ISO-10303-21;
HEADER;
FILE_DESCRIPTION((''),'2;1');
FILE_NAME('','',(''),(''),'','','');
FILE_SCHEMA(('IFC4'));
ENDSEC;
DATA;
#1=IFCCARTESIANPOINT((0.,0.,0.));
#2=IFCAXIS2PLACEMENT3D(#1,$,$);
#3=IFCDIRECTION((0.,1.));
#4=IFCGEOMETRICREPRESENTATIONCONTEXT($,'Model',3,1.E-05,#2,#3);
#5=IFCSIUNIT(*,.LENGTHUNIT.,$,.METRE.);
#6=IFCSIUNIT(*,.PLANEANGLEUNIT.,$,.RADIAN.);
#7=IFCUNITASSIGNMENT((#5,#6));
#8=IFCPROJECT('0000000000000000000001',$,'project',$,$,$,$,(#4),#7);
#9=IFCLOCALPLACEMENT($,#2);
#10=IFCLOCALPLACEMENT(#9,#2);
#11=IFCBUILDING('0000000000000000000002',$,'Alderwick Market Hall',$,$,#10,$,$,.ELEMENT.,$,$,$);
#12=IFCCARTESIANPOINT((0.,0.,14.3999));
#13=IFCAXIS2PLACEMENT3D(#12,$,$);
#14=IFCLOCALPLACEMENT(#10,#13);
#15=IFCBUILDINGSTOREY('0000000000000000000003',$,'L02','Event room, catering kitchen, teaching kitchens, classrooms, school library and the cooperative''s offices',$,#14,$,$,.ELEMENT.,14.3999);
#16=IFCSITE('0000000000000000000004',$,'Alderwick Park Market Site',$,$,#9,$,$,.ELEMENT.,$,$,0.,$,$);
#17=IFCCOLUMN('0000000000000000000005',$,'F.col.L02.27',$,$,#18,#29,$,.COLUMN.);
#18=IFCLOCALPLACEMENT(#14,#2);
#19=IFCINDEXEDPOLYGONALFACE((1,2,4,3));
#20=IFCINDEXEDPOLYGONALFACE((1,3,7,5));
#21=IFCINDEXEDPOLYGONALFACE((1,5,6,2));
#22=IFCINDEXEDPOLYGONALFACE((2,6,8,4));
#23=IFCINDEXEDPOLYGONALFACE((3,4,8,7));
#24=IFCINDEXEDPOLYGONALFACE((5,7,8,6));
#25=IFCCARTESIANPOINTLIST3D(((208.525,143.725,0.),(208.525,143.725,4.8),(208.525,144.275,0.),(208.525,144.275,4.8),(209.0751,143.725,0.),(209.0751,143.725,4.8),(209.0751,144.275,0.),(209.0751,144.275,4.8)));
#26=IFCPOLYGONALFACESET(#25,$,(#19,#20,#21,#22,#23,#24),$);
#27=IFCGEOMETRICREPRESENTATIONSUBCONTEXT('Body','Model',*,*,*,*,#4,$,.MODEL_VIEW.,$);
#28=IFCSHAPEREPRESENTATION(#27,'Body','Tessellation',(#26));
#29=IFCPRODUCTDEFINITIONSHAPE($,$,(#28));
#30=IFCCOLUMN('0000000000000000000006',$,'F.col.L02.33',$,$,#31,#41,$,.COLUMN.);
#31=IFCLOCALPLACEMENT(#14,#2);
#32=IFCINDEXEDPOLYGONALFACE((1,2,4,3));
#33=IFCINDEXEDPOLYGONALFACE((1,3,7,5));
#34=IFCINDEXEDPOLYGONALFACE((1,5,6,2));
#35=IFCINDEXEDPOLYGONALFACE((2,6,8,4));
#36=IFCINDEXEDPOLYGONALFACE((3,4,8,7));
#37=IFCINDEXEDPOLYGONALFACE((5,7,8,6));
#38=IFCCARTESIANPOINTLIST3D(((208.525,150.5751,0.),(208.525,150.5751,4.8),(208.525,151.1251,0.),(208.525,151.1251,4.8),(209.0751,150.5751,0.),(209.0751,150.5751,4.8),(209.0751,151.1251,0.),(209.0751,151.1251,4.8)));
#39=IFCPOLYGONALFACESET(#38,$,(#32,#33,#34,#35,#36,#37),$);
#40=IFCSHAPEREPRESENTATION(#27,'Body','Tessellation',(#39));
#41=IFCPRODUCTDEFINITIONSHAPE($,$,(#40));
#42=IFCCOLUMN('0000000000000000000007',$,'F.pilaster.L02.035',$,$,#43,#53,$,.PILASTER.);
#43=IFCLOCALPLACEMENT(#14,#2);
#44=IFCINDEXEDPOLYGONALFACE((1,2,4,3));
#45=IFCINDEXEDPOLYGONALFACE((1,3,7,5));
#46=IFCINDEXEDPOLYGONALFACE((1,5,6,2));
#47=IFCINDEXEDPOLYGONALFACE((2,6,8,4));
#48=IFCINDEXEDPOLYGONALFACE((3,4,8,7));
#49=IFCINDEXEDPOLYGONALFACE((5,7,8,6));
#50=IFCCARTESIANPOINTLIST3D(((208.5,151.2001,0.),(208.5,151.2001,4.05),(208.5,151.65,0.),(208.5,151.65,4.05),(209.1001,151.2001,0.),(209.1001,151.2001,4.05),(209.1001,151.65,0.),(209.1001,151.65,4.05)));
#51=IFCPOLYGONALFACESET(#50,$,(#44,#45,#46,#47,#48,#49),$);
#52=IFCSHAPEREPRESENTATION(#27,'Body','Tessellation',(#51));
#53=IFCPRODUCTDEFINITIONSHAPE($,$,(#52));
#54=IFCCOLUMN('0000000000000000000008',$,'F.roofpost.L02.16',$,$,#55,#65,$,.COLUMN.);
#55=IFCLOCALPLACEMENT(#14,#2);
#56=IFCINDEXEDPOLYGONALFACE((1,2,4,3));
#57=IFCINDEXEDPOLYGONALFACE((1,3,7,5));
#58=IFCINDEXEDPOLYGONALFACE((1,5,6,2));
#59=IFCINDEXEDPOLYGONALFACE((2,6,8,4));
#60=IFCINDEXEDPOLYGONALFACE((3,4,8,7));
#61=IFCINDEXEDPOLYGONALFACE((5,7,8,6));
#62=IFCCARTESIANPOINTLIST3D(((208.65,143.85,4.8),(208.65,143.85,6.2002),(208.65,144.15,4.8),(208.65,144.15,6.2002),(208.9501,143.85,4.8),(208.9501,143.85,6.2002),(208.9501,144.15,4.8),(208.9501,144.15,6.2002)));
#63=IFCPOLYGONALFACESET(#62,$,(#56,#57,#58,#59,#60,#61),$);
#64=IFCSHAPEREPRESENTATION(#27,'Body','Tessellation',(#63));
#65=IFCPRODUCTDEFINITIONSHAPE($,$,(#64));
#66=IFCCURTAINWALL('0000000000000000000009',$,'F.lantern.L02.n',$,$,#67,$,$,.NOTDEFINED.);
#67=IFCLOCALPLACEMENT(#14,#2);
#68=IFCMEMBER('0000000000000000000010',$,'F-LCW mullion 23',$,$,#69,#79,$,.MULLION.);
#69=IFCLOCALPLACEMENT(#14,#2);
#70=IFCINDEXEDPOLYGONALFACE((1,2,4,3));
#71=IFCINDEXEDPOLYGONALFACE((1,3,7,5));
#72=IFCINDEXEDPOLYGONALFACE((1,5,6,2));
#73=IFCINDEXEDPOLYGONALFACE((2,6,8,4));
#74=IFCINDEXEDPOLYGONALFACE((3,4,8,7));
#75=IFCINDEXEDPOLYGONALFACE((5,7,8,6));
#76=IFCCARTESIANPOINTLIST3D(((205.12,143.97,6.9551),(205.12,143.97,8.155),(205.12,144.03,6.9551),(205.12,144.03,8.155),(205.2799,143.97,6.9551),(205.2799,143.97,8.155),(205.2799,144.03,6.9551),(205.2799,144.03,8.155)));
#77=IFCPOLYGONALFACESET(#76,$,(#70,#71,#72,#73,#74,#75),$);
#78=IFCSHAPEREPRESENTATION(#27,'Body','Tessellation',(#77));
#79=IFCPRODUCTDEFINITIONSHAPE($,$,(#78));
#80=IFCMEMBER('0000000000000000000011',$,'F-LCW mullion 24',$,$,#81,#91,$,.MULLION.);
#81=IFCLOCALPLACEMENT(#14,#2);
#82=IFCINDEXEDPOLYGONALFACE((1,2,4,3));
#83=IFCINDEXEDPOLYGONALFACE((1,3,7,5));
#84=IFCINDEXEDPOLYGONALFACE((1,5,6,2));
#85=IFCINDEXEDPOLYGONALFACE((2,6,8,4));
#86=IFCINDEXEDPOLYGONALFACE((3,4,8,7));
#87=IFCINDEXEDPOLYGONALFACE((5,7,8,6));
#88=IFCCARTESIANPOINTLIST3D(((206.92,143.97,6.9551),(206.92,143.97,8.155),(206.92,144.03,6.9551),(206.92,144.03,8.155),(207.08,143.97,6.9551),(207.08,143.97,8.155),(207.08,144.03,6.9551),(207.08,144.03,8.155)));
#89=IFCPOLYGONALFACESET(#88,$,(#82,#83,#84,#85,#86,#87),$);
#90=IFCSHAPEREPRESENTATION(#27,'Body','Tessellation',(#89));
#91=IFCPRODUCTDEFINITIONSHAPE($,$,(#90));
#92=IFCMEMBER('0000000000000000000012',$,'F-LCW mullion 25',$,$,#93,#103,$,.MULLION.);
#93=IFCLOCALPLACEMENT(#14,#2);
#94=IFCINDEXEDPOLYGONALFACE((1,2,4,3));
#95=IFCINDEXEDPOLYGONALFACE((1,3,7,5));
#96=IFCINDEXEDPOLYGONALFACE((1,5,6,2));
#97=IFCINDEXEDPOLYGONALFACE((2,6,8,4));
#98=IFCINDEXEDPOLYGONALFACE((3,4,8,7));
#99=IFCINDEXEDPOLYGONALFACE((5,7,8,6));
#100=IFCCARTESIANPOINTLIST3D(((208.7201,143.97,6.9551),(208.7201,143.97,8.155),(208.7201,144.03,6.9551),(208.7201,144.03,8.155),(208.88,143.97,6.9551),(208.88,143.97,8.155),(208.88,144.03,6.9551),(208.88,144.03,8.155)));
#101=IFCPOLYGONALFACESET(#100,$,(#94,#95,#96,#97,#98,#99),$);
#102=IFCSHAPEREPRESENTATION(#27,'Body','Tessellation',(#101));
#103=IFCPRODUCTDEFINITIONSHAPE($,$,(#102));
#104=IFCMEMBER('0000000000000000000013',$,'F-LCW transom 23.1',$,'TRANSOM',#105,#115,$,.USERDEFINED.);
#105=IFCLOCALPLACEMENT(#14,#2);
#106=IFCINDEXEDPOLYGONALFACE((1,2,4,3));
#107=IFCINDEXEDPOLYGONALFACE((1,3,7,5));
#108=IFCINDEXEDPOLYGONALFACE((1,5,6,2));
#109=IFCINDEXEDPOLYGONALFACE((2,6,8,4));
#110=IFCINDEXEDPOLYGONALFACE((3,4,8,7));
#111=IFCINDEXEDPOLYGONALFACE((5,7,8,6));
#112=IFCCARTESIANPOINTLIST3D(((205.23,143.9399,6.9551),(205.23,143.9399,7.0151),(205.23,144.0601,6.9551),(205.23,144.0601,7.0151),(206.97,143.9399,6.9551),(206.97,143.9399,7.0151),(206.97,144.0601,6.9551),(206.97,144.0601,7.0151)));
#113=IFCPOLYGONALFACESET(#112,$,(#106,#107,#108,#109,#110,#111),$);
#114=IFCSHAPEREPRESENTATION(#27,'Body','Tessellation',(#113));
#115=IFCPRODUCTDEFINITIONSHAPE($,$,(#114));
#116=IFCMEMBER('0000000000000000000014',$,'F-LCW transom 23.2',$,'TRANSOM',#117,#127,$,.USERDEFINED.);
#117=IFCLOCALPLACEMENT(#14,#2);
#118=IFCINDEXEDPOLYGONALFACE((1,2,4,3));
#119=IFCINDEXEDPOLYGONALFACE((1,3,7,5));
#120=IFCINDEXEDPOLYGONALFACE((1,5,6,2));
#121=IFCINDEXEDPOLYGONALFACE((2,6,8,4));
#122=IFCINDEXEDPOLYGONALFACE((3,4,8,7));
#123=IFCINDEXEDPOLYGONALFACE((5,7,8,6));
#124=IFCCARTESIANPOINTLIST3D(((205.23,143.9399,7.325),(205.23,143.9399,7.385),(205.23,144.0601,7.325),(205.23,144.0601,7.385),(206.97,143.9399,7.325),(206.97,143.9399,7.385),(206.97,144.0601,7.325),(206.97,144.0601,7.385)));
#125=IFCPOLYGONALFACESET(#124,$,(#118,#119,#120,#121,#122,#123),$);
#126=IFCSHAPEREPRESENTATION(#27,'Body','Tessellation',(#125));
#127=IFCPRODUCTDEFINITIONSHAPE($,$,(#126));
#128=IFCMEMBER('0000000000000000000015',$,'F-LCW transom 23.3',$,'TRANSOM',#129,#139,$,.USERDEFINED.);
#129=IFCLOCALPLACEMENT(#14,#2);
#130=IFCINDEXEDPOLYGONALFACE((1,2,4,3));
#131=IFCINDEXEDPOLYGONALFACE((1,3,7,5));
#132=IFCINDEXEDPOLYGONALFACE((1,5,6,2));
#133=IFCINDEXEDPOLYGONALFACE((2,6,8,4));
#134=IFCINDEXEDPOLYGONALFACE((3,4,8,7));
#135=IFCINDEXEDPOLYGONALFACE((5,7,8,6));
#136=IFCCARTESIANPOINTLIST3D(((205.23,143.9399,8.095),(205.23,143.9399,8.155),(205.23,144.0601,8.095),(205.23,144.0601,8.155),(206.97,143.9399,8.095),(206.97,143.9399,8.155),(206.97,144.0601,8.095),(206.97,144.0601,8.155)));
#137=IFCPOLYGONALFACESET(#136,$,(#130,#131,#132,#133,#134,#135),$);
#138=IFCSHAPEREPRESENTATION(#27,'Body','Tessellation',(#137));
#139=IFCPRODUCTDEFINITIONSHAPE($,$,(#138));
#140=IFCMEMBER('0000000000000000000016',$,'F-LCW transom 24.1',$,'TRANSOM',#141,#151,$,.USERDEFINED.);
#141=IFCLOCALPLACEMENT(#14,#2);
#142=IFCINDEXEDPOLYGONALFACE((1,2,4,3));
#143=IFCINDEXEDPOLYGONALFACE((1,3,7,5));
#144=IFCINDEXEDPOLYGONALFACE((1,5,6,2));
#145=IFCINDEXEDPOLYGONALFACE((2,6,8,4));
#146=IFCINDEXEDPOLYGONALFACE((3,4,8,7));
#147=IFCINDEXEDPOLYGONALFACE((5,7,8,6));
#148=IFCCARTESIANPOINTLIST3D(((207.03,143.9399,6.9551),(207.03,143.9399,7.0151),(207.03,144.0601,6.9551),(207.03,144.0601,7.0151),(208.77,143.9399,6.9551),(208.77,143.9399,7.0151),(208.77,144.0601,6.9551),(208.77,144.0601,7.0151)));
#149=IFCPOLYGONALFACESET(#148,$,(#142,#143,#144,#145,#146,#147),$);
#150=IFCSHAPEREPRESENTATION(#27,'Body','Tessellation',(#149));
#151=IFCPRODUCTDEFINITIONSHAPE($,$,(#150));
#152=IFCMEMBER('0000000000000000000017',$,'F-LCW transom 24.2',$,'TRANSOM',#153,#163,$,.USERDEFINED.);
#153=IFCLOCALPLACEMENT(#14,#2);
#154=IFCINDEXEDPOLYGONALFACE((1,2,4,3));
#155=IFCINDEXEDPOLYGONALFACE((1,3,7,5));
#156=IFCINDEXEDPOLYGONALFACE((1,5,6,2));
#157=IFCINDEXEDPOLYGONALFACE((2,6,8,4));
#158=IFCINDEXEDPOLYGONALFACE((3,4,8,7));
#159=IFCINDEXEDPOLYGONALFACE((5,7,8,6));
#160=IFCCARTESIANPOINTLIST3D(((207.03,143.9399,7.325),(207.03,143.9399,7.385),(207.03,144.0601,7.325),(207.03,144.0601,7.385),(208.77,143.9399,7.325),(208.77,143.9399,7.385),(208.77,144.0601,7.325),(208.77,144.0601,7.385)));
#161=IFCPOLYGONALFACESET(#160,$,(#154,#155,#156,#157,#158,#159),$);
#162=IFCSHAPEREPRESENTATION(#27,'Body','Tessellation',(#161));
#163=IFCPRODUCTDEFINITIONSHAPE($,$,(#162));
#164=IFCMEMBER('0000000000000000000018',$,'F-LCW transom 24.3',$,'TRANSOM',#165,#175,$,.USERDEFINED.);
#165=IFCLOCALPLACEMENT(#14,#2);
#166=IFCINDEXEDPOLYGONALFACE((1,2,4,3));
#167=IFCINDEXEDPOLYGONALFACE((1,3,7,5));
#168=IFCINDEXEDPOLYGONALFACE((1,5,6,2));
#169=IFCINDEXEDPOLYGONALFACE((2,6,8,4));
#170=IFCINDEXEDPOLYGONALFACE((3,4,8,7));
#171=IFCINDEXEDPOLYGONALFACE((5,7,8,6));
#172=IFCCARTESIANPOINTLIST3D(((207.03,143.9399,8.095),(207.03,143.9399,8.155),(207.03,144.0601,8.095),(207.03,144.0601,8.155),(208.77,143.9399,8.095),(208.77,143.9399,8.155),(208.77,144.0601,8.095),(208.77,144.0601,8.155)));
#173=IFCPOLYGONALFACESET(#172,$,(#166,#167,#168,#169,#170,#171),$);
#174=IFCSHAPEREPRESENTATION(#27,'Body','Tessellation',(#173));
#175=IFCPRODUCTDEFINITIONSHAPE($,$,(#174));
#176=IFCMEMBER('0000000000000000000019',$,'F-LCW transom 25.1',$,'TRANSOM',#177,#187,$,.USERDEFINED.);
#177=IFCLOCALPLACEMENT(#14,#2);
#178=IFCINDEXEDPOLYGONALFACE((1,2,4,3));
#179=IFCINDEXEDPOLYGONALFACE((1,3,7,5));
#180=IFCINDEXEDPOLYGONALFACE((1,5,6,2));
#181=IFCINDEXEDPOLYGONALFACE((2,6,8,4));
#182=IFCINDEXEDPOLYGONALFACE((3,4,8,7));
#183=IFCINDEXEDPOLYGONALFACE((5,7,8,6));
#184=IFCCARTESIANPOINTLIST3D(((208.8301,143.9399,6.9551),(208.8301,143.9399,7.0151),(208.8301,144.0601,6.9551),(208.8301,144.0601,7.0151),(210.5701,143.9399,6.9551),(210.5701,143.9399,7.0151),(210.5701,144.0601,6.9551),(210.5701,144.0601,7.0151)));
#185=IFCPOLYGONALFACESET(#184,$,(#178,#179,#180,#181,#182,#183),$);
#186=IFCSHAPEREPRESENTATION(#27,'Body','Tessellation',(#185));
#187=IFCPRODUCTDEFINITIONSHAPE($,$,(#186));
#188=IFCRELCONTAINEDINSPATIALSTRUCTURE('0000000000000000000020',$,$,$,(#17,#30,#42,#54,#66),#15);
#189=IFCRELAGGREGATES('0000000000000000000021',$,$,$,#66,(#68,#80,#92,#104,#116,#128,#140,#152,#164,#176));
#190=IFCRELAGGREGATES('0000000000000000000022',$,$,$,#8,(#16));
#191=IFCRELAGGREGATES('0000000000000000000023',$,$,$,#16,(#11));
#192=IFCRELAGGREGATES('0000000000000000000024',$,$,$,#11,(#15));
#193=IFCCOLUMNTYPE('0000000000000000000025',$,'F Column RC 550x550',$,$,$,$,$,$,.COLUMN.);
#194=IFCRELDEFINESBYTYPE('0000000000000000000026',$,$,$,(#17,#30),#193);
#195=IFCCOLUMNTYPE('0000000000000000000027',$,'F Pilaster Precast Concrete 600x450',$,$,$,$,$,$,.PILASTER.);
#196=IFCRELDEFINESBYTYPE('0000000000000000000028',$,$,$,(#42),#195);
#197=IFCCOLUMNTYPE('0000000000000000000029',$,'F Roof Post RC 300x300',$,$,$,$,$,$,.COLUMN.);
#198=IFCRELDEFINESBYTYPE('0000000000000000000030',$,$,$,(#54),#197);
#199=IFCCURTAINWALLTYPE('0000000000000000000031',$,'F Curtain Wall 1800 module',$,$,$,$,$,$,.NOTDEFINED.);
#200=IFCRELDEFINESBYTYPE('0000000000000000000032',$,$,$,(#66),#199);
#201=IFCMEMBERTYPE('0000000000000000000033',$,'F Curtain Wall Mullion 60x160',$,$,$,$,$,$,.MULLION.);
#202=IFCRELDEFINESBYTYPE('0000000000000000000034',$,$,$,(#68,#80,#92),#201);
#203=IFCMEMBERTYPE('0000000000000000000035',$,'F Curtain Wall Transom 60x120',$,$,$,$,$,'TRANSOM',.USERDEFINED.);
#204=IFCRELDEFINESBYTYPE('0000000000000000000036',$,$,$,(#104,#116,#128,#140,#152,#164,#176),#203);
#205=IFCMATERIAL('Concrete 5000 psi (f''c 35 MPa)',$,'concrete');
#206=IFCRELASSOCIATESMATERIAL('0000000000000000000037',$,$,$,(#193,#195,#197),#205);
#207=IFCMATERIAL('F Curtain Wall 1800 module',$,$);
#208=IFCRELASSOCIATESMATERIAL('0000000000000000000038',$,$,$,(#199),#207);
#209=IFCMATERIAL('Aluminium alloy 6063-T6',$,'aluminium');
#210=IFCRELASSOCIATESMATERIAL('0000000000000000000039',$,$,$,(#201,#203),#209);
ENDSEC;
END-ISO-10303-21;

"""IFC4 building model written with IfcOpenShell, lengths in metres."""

from ifc_helpers import new_model, si_unit, direction, frame, origin, origin_2d, place, context, subcontext, project, spatial, rectangle, extrude, material, material_profile, profile_set, type_object, element, aggregate, save


model = new_model("IFC4")

# Units and contexts
model_context = context("Model", 3, precision=1e-05, world=origin(), true_north=direction((0.0, 1.0)))
body_context = subcontext(model_context, "Body", "Model", "MODEL_VIEW")
ifc_project = project(units=[si_unit("LENGTHUNIT", "METRE"), si_unit("PLANEANGLEUNIT", "RADIAN")], contexts=[model_context])

# Site, building, storey
site_placement = place(None, origin())
site = spatial("IfcSite", under=ifc_project, at=site_placement, Name="Alderwick Park Market Site", CompositionType="ELEMENT", RefElevation=0.0)
building_placement = place(site_placement, origin())
building = spatial("IfcBuilding", under=site, at=building_placement, Name="Alderwick Market Hall", CompositionType="ELEMENT")
storey_placement = place(building_placement, frame((0.0, 0.0, 14.3999)))
storey = spatial("IfcBuildingStorey", under=building, at=storey_placement, Name="L02", Description="Event room, catering kitchen, teaching kitchens, classrooms, school library and the cooperative's offices", CompositionType="ELEMENT", Elevation=14.3999)

# Columns
ifc_material_1 = material(Name="Concrete 5000 psi (f'c 35 MPa)", Category="concrete")
ifc_material_profile_1 = material_profile(ifc_material_1, rectangle(XDim=0.55, YDim=0.55, at=origin_2d()), Name="RC 550x550")
ifc_profile_set_1 = profile_set([ifc_material_profile_1], Name="Concrete 5000 psi (f'c 35 MPa)")
column_type_1 = type_object("IfcColumnType", Name="F Column RC 550x550", PredefinedType="COLUMN", material=ifc_profile_set_1)
for number, where, z_axis, x_axis, name in (
    (1, (208.8, 144.0, 0.0), (0.0, 0.0, 1.0), (1.0, 0.0, 0.0), "F.col.L02.27"),
    (2, (208.8, 150.8501, 0.0), (0.0, 0.0, 1.0), (1.0, 0.0, 0.0), "F.col.L02.33"),
):
    element("IfcColumn", number, at=place(storey_placement, frame(where, z_axis=z_axis, x_axis=x_axis)), inside=storey, type_object=column_type_1, Name=name, PredefinedType="COLUMN", context=body_context, shape_type="SweptSolid", body=[
        extrude(rectangle(XDim=0.55, YDim=0.55, at=origin_2d()), origin(), (0.0, 0.0, 1.0), 4.8),
    ])
ifc_material_profile_2 = material_profile(ifc_material_1, rectangle(XDim=0.6001, YDim=0.45, at=origin_2d()), Name="PC 600x450")
ifc_profile_set_2 = profile_set([ifc_material_profile_2], Name="Concrete 5000 psi (f'c 35 MPa)")
column_type_2 = type_object("IfcColumnType", Name="F Pilaster Precast Concrete 600x450", PredefinedType="PILASTER", material=ifc_profile_set_2)
column_1_placement = place(storey_placement, frame((208.8, 151.425, 0.0), z_axis=(0.0, 0.0, 1.0), x_axis=(1.0, 0.0, 0.0)))
element("IfcColumn", 3, at=column_1_placement, inside=storey, type_object=column_type_2, Name="F.pilaster.L02.035", PredefinedType="PILASTER", context=body_context, shape_type="SweptSolid", body=[
    extrude(rectangle(XDim=0.6001, YDim=0.45, at=origin_2d()), origin(), (0.0, 0.0, 1.0), 4.05),
])
ifc_material_profile_3 = material_profile(ifc_material_1, rectangle(XDim=0.3, YDim=0.3, at=origin_2d()), Name="RC 300x300")
ifc_profile_set_3 = profile_set([ifc_material_profile_3], Name="Concrete 5000 psi (f'c 35 MPa)")
column_type_3 = type_object("IfcColumnType", Name="F Roof Post RC 300x300", PredefinedType="COLUMN", material=ifc_profile_set_3)
column_2_placement = place(storey_placement, frame((208.8, 144.0, 4.8), z_axis=(0.0, 0.0, 1.0), x_axis=(1.0, 0.0, 0.0)))
element("IfcColumn", 4, at=column_2_placement, inside=storey, type_object=column_type_3, Name="F.roofpost.L02.16", PredefinedType="COLUMN", context=body_context, shape_type="SweptSolid", body=[
    extrude(rectangle(XDim=0.3, YDim=0.3, at=origin_2d()), origin(), (0.0, 0.0, 1.0), 1.4001),
])

# Curtain wall, members
ifc_material_2 = material(Name="F Curtain Wall 1800 module")
curtain_wall_type = type_object("IfcCurtainWallType", Name="F Curtain Wall 1800 module", PredefinedType="NOTDEFINED", material=ifc_material_2)
curtain_wall_placement = place(storey_placement, origin())
curtain_wall = element("IfcCurtainWall", 5, at=curtain_wall_placement, inside=storey, type_object=curtain_wall_type, Name="F.lantern.L02.n", PredefinedType="NOTDEFINED")
ifc_material_3 = material(Name="Aluminium alloy 6063-T6", Category="aluminium")
ifc_material_profile_4 = material_profile(ifc_material_3, rectangle(XDim=0.0601, YDim=0.1599, at=origin_2d()), Name="AL 60x160")
ifc_profile_set_4 = profile_set([ifc_material_profile_4], Name="Aluminium alloy 6063-T6")
member_type_1 = type_object("IfcMemberType", Name="F Curtain Wall Mullion 60x160", PredefinedType="MULLION", material=ifc_profile_set_4)
member_1_placement = place(storey_placement, frame((205.2, 144.0, 6.9551), z_axis=(0.0, 0.0, 1.0), x_axis=(0.0, 1.0, 0.0)))
member_1 = element("IfcMember", 6, at=member_1_placement, type_object=member_type_1, Name="F-LCW mullion 23", PredefinedType="MULLION", context=body_context, shape_type="SweptSolid", body=[
    extrude(rectangle(XDim=0.0601, YDim=0.1599, at=origin_2d()), origin(), (0.0, 0.0, 1.0), 1.2),
])
member_2_placement = place(storey_placement, frame((207.0, 144.0, 6.9551), z_axis=(0.0, 0.0, 1.0), x_axis=(0.0, 1.0, 0.0)))
member_2 = element("IfcMember", 7, at=member_2_placement, type_object=member_type_1, Name="F-LCW mullion 24", PredefinedType="MULLION", context=body_context, shape_type="SweptSolid", body=[
    extrude(rectangle(XDim=0.0601, YDim=0.1599, at=origin_2d()), origin(), (0.0, 0.0, 1.0), 1.2),
])
member_3_placement = place(storey_placement, frame((208.8, 144.0, 6.9551), z_axis=(0.0, 0.0, 1.0), x_axis=(0.0, 1.0, 0.0)))
member_3 = element("IfcMember", 8, at=member_3_placement, type_object=member_type_1, Name="F-LCW mullion 25", PredefinedType="MULLION", context=body_context, shape_type="SweptSolid", body=[
    extrude(rectangle(XDim=0.0601, YDim=0.1599, at=origin_2d()), origin(), (0.0, 0.0, 1.0), 1.2),
])
ifc_material_profile_5 = material_profile(ifc_material_3, rectangle(XDim=0.1201, YDim=0.0601, at=origin_2d()), Name="AL 60x120")
ifc_profile_set_5 = profile_set([ifc_material_profile_5], Name="Aluminium alloy 6063-T6")
member_type_2 = type_object("IfcMemberType", Name="F Curtain Wall Transom 60x120", ElementType="TRANSOM", PredefinedType="USERDEFINED", material=ifc_profile_set_5)
member_4_placement = place(storey_placement, frame((205.23, 144.0, 6.9851), z_axis=(1.0, 0.0, 0.0), x_axis=(0.0, 1.0, 0.0)))
member_4 = element("IfcMember", 9, at=member_4_placement, type_object=member_type_2, Name="F-LCW transom 23.1", ObjectType="TRANSOM", PredefinedType="USERDEFINED", context=body_context, shape_type="SweptSolid", body=[
    extrude(rectangle(XDim=0.1201, YDim=0.0601, at=origin_2d()), origin(), (0.0, 0.0, 1.0), 1.74),
])
member_5_placement = place(storey_placement, frame((205.23, 144.0, 7.355), z_axis=(1.0, 0.0, 0.0), x_axis=(0.0, 1.0, 0.0)))
member_5 = element("IfcMember", 10, at=member_5_placement, type_object=member_type_2, Name="F-LCW transom 23.2", ObjectType="TRANSOM", PredefinedType="USERDEFINED", context=body_context, shape_type="SweptSolid", body=[
    extrude(rectangle(XDim=0.1201, YDim=0.0601, at=origin_2d()), origin(), (0.0, 0.0, 1.0), 1.74),
])
member_6_placement = place(storey_placement, frame((205.23, 144.0, 8.125), z_axis=(1.0, 0.0, 0.0), x_axis=(0.0, 1.0, 0.0)))
member_6 = element("IfcMember", 11, at=member_6_placement, type_object=member_type_2, Name="F-LCW transom 23.3", ObjectType="TRANSOM", PredefinedType="USERDEFINED", context=body_context, shape_type="SweptSolid", body=[
    extrude(rectangle(XDim=0.1201, YDim=0.0601, at=origin_2d()), origin(), (0.0, 0.0, 1.0), 1.74),
])
member_7_placement = place(storey_placement, frame((207.03, 144.0, 6.9851), z_axis=(1.0, 0.0, 0.0), x_axis=(0.0, 1.0, 0.0)))
member_7 = element("IfcMember", 12, at=member_7_placement, type_object=member_type_2, Name="F-LCW transom 24.1", ObjectType="TRANSOM", PredefinedType="USERDEFINED", context=body_context, shape_type="SweptSolid", body=[
    extrude(rectangle(XDim=0.1201, YDim=0.0601, at=origin_2d()), origin(), (0.0, 0.0, 1.0), 1.74),
])
member_8_placement = place(storey_placement, frame((207.03, 144.0, 7.355), z_axis=(1.0, 0.0, 0.0), x_axis=(0.0, 1.0, 0.0)))
member_8 = element("IfcMember", 13, at=member_8_placement, type_object=member_type_2, Name="F-LCW transom 24.2", ObjectType="TRANSOM", PredefinedType="USERDEFINED", context=body_context, shape_type="SweptSolid", body=[
    extrude(rectangle(XDim=0.1201, YDim=0.0601, at=origin_2d()), origin(), (0.0, 0.0, 1.0), 1.74),
])
member_9_placement = place(storey_placement, frame((207.03, 144.0, 8.125), z_axis=(1.0, 0.0, 0.0), x_axis=(0.0, 1.0, 0.0)))
member_9 = element("IfcMember", 14, at=member_9_placement, type_object=member_type_2, Name="F-LCW transom 24.3", ObjectType="TRANSOM", PredefinedType="USERDEFINED", context=body_context, shape_type="SweptSolid", body=[
    extrude(rectangle(XDim=0.1201, YDim=0.0601, at=origin_2d()), origin(), (0.0, 0.0, 1.0), 1.74),
])
member_10_placement = place(storey_placement, frame((208.8301, 144.0, 6.9851), z_axis=(1.0, 0.0, 0.0), x_axis=(0.0, 1.0, 0.0)))
member_10 = element("IfcMember", 15, at=member_10_placement, type_object=member_type_2, Name="F-LCW transom 25.1", ObjectType="TRANSOM", PredefinedType="USERDEFINED", context=body_context, shape_type="SweptSolid", body=[
    extrude(rectangle(XDim=0.1201, YDim=0.0601, at=origin_2d()), origin(), (0.0, 0.0, 1.0), 1.74),
])

aggregate(curtain_wall, [member_1, member_2, member_3, member_4, member_5, member_6, member_7, member_8, member_9, member_10])

save(model, "model.ifc")
